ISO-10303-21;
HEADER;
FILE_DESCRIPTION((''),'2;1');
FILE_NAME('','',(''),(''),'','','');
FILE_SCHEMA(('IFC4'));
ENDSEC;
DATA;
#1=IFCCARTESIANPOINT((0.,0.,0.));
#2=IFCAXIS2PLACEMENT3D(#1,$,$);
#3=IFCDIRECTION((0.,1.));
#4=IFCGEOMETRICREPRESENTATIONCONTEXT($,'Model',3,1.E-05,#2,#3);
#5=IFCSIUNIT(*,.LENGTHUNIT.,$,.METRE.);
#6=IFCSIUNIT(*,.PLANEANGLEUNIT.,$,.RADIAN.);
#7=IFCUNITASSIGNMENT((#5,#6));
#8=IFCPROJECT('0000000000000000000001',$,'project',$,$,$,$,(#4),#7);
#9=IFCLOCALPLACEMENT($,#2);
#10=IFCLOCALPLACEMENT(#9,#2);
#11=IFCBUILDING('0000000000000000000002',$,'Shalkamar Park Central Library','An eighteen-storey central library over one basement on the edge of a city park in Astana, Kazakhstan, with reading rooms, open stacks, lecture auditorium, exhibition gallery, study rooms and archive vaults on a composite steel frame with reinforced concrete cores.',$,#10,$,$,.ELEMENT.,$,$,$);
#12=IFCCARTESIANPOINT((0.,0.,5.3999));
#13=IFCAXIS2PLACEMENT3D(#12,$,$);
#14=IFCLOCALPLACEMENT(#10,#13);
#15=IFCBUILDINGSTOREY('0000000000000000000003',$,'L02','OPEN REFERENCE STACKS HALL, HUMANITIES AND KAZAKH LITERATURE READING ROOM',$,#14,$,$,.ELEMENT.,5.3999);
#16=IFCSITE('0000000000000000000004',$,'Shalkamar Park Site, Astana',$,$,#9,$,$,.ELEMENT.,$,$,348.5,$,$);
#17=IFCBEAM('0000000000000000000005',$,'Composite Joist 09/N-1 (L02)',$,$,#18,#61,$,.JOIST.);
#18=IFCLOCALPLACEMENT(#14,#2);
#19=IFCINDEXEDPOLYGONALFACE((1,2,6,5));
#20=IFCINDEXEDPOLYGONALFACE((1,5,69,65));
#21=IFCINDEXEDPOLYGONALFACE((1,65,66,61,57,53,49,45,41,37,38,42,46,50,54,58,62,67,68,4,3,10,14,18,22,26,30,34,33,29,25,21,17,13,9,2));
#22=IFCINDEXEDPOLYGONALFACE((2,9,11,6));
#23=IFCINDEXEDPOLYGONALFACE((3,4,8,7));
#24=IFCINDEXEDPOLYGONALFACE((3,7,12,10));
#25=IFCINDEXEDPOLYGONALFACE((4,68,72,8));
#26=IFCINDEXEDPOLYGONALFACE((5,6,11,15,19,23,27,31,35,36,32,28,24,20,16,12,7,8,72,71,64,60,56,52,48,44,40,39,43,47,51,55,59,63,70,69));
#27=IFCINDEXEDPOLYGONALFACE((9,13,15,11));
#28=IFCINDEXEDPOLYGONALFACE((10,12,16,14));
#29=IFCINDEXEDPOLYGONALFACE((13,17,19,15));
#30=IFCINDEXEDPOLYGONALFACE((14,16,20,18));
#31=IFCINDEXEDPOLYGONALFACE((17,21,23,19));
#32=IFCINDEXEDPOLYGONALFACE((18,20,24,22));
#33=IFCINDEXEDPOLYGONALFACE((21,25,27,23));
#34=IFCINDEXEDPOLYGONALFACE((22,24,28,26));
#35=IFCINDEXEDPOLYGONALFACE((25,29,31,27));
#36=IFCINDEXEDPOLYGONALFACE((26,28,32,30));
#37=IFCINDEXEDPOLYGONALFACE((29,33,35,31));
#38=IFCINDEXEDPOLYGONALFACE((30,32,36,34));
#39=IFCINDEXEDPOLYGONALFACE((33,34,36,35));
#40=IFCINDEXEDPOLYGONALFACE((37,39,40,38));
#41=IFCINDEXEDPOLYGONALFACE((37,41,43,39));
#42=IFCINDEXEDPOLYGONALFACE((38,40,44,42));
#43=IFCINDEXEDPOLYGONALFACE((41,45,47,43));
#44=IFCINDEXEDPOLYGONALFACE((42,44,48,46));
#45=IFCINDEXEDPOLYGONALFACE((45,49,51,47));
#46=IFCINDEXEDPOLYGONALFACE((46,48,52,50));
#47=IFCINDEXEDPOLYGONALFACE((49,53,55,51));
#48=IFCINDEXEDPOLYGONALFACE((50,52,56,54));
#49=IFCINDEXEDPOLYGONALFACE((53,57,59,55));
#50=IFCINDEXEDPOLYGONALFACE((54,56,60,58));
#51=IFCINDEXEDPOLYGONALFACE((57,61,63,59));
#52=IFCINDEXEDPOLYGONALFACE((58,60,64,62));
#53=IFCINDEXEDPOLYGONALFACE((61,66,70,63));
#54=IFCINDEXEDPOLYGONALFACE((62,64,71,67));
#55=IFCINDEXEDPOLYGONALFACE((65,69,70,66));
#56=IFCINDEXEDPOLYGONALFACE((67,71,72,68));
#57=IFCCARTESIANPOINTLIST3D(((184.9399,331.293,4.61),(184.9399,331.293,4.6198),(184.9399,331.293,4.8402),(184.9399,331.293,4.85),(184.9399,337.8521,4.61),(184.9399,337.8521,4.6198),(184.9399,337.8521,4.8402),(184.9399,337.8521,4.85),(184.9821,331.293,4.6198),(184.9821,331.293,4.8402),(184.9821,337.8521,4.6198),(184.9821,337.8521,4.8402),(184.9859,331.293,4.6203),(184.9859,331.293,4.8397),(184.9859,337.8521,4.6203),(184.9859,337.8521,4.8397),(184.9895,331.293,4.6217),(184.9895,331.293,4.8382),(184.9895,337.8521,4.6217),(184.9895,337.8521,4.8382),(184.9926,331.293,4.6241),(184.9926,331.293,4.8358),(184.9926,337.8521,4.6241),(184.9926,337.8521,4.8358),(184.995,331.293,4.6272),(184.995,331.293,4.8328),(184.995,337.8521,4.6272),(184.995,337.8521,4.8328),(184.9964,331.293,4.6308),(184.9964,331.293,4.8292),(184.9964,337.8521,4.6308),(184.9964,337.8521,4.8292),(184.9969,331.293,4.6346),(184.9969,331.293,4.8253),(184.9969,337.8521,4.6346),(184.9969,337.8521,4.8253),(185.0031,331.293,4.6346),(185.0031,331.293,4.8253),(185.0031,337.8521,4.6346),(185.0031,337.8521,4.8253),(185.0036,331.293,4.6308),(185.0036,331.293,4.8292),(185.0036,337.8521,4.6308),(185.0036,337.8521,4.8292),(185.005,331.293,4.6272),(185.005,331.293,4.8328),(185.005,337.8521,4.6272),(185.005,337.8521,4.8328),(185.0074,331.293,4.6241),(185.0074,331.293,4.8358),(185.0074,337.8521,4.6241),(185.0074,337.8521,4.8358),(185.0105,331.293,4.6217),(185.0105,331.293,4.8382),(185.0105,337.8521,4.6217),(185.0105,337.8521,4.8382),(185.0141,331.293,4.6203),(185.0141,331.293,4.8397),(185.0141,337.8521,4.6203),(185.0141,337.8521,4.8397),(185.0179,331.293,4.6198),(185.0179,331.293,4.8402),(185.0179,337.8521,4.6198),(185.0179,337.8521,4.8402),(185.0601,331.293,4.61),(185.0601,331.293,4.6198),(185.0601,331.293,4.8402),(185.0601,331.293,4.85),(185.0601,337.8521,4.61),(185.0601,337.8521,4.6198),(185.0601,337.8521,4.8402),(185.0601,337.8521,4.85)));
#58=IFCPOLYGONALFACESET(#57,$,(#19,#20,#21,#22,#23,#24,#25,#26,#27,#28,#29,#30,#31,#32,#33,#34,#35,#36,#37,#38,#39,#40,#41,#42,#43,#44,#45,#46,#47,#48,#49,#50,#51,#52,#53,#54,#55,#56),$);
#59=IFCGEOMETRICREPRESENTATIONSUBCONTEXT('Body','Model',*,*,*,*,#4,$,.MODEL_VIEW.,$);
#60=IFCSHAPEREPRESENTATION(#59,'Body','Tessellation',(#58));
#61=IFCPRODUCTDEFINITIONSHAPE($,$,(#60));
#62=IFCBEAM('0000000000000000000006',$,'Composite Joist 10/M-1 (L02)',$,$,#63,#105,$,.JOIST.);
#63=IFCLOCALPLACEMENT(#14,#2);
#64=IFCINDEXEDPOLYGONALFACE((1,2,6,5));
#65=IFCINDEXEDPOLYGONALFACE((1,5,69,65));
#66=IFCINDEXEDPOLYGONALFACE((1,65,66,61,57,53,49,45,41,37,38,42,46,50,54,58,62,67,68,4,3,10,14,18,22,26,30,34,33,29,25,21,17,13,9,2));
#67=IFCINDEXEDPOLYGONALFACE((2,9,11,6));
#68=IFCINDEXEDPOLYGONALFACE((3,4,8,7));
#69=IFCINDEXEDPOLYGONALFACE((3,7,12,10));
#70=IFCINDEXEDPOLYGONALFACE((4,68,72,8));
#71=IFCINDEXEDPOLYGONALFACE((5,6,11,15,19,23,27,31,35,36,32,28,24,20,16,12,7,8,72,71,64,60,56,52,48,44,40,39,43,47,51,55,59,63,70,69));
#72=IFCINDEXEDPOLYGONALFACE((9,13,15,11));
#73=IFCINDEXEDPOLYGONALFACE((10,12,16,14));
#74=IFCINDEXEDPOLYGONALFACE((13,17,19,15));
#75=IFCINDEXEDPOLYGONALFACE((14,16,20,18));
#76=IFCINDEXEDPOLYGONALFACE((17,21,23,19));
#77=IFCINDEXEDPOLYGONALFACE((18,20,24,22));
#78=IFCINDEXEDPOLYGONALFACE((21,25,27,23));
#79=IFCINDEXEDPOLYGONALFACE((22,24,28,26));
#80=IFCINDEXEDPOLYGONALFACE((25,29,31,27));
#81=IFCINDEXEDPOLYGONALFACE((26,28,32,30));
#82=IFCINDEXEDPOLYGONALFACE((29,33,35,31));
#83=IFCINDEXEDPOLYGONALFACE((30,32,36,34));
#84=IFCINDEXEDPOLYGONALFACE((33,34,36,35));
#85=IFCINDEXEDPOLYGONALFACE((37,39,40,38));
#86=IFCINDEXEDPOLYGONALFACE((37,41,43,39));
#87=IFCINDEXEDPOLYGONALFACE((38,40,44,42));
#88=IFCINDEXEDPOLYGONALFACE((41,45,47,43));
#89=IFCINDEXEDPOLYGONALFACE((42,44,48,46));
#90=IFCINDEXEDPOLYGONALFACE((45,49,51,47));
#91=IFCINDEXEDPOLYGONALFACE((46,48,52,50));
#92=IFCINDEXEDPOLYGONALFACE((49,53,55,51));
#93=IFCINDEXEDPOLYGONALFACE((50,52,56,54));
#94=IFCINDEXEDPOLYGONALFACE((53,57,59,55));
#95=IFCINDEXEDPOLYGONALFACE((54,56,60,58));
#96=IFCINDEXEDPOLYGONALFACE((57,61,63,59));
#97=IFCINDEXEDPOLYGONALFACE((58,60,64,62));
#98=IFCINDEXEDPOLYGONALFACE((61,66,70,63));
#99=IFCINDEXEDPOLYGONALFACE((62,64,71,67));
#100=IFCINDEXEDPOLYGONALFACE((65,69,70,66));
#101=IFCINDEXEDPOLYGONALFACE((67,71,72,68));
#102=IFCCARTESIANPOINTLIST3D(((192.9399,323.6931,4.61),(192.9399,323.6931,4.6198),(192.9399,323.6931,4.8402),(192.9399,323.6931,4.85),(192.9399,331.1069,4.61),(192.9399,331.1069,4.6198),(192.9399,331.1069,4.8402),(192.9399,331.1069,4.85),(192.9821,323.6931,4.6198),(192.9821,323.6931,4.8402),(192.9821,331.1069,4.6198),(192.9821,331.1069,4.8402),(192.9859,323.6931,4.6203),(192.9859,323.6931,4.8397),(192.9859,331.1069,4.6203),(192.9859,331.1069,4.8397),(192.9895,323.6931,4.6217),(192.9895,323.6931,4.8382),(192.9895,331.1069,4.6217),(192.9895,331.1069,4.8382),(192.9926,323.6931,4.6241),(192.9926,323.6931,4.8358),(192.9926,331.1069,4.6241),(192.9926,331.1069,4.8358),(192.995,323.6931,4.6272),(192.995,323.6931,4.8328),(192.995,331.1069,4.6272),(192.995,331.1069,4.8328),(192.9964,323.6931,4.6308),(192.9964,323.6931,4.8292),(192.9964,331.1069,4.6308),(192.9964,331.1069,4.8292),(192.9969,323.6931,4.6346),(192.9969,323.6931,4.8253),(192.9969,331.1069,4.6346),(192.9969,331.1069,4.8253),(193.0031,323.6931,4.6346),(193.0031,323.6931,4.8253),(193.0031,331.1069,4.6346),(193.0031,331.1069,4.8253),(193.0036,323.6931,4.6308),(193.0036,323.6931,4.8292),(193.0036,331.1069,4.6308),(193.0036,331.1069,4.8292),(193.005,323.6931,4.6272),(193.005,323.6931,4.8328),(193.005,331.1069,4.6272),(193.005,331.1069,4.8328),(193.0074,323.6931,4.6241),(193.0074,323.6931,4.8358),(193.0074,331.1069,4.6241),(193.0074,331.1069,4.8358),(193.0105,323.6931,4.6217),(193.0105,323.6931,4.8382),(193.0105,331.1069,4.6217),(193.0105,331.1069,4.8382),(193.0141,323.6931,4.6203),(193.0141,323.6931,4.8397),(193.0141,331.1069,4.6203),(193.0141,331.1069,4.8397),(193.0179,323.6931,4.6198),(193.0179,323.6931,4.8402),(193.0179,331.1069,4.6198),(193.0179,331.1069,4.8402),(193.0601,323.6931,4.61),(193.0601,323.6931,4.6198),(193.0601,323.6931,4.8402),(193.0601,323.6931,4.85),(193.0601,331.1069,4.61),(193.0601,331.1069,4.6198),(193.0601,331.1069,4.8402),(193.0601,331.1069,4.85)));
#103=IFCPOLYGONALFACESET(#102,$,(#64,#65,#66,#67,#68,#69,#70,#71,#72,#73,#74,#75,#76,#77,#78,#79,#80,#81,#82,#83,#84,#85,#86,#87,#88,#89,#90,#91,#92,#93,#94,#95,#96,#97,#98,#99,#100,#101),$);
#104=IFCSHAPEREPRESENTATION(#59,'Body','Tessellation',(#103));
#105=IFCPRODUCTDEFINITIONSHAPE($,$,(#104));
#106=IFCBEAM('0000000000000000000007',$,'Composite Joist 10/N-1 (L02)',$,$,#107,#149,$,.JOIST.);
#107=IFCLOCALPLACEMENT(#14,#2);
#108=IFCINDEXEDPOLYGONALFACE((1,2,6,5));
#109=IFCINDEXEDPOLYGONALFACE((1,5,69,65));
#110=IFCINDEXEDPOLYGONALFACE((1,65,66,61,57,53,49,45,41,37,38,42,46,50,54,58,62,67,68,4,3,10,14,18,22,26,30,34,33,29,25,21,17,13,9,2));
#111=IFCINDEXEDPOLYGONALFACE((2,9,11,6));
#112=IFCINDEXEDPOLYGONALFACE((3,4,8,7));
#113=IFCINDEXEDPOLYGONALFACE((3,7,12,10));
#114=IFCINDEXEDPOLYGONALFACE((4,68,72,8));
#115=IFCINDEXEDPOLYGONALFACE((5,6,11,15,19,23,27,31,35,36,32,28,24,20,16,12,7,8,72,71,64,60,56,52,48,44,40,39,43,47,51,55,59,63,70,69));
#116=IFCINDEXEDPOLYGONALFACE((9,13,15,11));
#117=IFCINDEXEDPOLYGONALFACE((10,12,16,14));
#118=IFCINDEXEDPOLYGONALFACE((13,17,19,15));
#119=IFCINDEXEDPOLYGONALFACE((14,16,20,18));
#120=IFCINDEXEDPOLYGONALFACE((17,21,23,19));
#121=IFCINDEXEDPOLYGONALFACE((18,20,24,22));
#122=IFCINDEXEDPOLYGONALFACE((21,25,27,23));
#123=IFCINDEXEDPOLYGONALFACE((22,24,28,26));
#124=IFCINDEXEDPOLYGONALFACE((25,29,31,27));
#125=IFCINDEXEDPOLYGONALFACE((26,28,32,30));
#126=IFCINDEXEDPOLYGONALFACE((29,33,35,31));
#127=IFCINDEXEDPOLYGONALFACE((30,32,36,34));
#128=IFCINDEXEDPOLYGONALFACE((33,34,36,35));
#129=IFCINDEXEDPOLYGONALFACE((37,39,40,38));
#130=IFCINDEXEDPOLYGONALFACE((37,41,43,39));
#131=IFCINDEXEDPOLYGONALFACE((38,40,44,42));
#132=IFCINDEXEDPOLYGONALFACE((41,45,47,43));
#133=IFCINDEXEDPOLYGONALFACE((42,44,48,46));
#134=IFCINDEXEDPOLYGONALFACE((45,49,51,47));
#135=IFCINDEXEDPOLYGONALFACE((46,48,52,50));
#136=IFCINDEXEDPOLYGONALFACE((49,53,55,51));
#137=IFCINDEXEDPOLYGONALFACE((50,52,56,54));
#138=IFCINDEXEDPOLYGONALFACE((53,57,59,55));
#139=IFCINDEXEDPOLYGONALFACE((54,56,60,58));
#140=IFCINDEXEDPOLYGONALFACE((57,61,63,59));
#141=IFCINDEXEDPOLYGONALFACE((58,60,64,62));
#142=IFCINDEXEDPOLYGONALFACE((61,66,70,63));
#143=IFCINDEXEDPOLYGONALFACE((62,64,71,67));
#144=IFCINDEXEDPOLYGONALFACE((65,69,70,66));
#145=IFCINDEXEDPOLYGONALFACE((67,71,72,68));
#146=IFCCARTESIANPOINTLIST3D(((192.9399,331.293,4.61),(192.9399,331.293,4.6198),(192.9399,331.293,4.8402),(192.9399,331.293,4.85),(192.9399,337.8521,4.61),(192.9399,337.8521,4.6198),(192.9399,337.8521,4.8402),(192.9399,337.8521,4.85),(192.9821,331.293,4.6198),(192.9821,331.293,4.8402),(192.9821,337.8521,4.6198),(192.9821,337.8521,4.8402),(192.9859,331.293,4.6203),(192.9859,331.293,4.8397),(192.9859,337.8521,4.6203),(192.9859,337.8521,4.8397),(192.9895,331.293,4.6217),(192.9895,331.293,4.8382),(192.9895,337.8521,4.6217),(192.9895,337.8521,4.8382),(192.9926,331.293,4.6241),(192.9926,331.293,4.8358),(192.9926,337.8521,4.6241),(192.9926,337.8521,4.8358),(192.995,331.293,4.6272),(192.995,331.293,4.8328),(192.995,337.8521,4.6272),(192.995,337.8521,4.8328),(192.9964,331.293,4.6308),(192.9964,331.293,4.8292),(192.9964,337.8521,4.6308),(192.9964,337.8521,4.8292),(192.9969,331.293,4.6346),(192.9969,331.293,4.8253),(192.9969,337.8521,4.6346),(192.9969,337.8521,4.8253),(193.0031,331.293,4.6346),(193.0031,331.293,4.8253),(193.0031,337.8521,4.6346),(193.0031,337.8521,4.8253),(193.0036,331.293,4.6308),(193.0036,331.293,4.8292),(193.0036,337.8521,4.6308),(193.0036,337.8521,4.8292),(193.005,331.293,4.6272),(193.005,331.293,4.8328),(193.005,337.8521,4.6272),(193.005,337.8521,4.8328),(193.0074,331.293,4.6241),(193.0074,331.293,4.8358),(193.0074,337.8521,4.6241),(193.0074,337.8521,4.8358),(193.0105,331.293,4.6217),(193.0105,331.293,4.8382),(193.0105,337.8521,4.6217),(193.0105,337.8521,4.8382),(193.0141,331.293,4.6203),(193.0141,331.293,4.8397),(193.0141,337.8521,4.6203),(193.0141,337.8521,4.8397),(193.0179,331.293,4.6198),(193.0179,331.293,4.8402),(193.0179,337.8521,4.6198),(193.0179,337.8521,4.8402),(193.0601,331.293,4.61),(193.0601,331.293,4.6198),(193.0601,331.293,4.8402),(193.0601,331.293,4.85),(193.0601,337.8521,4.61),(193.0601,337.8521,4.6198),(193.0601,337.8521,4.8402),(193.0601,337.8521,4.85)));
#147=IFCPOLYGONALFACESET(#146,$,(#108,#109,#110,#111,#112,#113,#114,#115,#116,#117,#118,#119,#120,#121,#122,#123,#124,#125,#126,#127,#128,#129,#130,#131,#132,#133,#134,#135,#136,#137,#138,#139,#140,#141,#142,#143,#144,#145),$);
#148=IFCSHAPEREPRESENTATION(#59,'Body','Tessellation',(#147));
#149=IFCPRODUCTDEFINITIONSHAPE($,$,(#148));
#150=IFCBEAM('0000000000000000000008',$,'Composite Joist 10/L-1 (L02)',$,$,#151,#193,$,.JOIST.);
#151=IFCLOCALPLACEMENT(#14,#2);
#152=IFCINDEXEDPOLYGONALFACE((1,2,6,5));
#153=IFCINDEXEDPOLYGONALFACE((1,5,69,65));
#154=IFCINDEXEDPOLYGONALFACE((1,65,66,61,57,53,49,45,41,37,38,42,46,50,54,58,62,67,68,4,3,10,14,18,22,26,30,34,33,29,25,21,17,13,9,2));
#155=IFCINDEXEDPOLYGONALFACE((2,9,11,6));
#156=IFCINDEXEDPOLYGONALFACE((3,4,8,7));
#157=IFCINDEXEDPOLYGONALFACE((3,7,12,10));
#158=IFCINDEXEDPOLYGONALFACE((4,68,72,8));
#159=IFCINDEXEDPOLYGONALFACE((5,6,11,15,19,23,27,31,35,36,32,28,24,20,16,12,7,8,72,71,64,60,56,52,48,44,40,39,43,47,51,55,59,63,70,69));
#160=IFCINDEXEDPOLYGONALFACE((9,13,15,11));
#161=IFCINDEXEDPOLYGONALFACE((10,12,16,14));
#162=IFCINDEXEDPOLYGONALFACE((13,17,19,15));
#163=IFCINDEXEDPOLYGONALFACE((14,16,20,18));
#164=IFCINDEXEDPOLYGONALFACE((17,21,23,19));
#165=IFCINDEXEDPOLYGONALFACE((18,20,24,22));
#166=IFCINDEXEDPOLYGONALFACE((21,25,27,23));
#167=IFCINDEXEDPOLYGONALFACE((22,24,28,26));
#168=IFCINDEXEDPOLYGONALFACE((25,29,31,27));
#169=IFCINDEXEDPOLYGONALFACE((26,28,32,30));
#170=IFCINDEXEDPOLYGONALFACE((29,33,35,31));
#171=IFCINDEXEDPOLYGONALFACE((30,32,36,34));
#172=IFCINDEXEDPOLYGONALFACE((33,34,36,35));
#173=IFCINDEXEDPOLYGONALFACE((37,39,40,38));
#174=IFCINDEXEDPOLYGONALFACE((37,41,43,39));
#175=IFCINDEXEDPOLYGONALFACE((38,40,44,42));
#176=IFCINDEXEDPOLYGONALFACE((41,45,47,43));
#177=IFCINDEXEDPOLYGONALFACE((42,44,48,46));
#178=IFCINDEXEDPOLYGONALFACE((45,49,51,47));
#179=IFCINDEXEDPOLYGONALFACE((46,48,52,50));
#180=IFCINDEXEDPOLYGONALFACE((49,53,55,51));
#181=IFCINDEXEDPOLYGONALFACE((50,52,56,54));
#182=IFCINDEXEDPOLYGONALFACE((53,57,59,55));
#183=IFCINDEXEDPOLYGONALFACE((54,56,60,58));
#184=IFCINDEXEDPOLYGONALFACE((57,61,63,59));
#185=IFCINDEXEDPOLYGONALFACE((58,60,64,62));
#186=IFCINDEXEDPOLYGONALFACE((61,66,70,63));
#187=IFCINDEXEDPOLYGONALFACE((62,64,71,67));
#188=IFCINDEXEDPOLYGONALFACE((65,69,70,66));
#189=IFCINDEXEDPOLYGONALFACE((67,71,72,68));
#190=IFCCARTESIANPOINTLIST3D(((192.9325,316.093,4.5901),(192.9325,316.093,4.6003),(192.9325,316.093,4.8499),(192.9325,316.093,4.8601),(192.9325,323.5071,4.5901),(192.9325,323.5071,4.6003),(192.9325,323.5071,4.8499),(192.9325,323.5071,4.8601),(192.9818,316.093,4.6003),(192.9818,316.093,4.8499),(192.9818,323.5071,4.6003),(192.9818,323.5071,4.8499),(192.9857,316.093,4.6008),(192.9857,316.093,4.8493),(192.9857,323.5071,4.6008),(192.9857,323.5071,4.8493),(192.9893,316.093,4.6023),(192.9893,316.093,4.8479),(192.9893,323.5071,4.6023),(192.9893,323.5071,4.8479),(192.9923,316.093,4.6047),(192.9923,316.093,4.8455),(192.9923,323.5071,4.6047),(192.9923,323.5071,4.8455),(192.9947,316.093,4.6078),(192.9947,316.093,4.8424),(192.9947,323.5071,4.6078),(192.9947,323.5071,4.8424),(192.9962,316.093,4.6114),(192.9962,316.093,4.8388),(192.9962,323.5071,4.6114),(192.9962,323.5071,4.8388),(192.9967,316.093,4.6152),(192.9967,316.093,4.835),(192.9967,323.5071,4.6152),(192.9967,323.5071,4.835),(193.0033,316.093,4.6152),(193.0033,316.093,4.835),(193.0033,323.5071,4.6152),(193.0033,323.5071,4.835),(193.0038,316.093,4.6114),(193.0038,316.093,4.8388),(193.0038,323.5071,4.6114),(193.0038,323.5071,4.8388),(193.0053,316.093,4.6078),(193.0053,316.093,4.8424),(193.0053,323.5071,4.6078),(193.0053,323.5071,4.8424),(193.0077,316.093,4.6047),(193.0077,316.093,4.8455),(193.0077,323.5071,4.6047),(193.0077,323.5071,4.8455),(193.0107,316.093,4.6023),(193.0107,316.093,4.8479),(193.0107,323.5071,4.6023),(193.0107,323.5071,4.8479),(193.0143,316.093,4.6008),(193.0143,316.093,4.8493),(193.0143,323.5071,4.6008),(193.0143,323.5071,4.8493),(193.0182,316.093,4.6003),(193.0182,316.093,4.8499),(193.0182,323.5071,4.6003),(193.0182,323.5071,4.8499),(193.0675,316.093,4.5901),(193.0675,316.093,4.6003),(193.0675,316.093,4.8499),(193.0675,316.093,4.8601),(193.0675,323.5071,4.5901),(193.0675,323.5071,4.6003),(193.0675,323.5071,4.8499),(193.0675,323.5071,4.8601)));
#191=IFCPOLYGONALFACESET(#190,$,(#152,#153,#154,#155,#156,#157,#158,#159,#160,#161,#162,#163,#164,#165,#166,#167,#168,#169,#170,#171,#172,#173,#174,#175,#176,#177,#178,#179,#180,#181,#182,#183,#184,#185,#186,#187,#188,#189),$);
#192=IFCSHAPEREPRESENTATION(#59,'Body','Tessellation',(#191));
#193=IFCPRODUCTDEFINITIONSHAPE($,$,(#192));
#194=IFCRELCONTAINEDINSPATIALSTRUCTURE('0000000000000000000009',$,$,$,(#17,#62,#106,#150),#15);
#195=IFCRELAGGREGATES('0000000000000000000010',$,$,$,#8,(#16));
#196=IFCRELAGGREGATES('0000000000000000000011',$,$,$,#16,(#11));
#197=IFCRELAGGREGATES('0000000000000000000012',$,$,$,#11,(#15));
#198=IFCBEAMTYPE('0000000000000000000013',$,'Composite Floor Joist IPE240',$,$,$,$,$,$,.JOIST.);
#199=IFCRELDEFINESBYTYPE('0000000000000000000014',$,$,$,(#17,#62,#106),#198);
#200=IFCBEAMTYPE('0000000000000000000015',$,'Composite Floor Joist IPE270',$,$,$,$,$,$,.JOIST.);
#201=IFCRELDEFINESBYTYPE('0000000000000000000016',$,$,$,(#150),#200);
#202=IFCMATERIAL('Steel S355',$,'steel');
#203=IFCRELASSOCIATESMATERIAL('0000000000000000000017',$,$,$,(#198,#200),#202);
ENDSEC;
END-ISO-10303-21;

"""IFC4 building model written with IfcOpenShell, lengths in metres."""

from ifc_helpers import new_model, si_unit, direction, frame, origin, origin_2d, place, context, subcontext, project, spatial, i_section, extrude, material, material_profile, profile_set, type_object, element, save


model = new_model("IFC4")

# Units and contexts
model_context = context("Model", 3, precision=1e-05, world=origin(), true_north=direction((0.0, 1.0)))
body_context = subcontext(model_context, "Body", "Model", "MODEL_VIEW")
ifc_project = project(units=[si_unit("LENGTHUNIT", "METRE"), si_unit("PLANEANGLEUNIT", "RADIAN")], contexts=[model_context])

# Site, building, storey
site_placement = place(None, origin())
site = spatial("IfcSite", under=ifc_project, at=site_placement, Name="Shalkamar Park Site, Astana", CompositionType="ELEMENT", RefElevation=348.5)
building_placement = place(site_placement, origin())
building = spatial("IfcBuilding", under=site, at=building_placement, Name="Shalkamar Park Central Library", Description="An eighteen-storey central library over one basement on the edge of a city park in Astana, Kazakhstan, with reading rooms, open stacks, lecture auditorium, exhibition gallery, study rooms and archive vaults on a composite steel frame with reinforced concrete cores.", CompositionType="ELEMENT")
storey_placement = place(building_placement, frame((0.0, 0.0, 5.3999)))
storey = spatial("IfcBuildingStorey", under=building, at=storey_placement, Name="L02", Description="OPEN REFERENCE STACKS HALL, HUMANITIES AND KAZAKH LITERATURE READING ROOM", CompositionType="ELEMENT", Elevation=5.3999)

# Shared definitions
ifc_material_1 = material(Name="Steel S355", Category="steel")

# Beams
ifc_material_profile_1 = material_profile(ifc_material_1, i_section(OverallWidth=0.1201, OverallDepth=0.24, WebThickness=0.0061, FlangeThickness=0.0098, FilletRadius=0.0149, at=origin_2d()), Name="IPE 240")
ifc_profile_set_1 = profile_set([ifc_material_profile_1], Name="Steel S355")
beam_type_1 = type_object("IfcBeamType", Name="Composite Floor Joist IPE240", PredefinedType="JOIST", material=ifc_profile_set_1)
beam_1_placement = place(storey_placement, frame((185.0, 331.293, 4.73), z_axis=(0.0, 1.0, 0.0), x_axis=(-1.0, 0.0, 0.0)))
element("IfcBeam", 1, at=beam_1_placement, inside=storey, type_object=beam_type_1, Name="Composite Joist 09/N-1 (L02)", PredefinedType="JOIST", context=body_context, shape_type="SweptSolid", body=[
    extrude(i_section(OverallWidth=0.1201, OverallDepth=0.24, WebThickness=0.0061, FlangeThickness=0.0098, FilletRadius=0.0149, at=origin_2d()), origin(), (0.0, 0.0, 1.0), 6.5591),
])
beam_2_placement = place(storey_placement, frame((193.0, 323.6931, 4.73), z_axis=(0.0, 1.0, 0.0), x_axis=(-1.0, 0.0, 0.0)))
element("IfcBeam", 2, at=beam_2_placement, inside=storey, type_object=beam_type_1, Name="Composite Joist 10/M-1 (L02)", PredefinedType="JOIST", context=body_context, shape_type="SweptSolid", body=[
    extrude(i_section(OverallWidth=0.1201, OverallDepth=0.24, WebThickness=0.0061, FlangeThickness=0.0098, FilletRadius=0.0149, at=origin_2d()), origin(), (0.0, 0.0, 1.0), 7.4138),
])
beam_3_placement = place(storey_placement, frame((193.0, 331.293, 4.73), z_axis=(0.0, 1.0, 0.0), x_axis=(-1.0, 0.0, 0.0)))
element("IfcBeam", 3, at=beam_3_placement, inside=storey, type_object=beam_type_1, Name="Composite Joist 10/N-1 (L02)", PredefinedType="JOIST", context=body_context, shape_type="SweptSolid", body=[
    extrude(i_section(OverallWidth=0.1201, OverallDepth=0.24, WebThickness=0.0061, FlangeThickness=0.0098, FilletRadius=0.0149, at=origin_2d()), origin(), (0.0, 0.0, 1.0), 6.5591),
])
ifc_material_profile_2 = material_profile(ifc_material_1, i_section(OverallWidth=0.135, OverallDepth=0.27, WebThickness=0.0066, FlangeThickness=0.0103, FilletRadius=0.0149, at=origin_2d()), Name="IPE 270")
ifc_profile_set_2 = profile_set([ifc_material_profile_2], Name="Steel S355")
beam_type_2 = type_object("IfcBeamType", Name="Composite Floor Joist IPE270", PredefinedType="JOIST", material=ifc_profile_set_2)
beam_4_placement = place(storey_placement, frame((193.0, 316.093, 4.7251), z_axis=(0.0, 1.0, 0.0), x_axis=(-1.0, 0.0, 0.0)))
element("IfcBeam", 4, at=beam_4_placement, inside=storey, type_object=beam_type_2, Name="Composite Joist 10/L-1 (L02)", PredefinedType="JOIST", context=body_context, shape_type="SweptSolid", body=[
    extrude(i_section(OverallWidth=0.135, OverallDepth=0.27, WebThickness=0.0066, FlangeThickness=0.0103, FilletRadius=0.0149, at=origin_2d()), origin(), (0.0, 0.0, 1.0), 7.4141),
])

save(model, "model.ifc")
